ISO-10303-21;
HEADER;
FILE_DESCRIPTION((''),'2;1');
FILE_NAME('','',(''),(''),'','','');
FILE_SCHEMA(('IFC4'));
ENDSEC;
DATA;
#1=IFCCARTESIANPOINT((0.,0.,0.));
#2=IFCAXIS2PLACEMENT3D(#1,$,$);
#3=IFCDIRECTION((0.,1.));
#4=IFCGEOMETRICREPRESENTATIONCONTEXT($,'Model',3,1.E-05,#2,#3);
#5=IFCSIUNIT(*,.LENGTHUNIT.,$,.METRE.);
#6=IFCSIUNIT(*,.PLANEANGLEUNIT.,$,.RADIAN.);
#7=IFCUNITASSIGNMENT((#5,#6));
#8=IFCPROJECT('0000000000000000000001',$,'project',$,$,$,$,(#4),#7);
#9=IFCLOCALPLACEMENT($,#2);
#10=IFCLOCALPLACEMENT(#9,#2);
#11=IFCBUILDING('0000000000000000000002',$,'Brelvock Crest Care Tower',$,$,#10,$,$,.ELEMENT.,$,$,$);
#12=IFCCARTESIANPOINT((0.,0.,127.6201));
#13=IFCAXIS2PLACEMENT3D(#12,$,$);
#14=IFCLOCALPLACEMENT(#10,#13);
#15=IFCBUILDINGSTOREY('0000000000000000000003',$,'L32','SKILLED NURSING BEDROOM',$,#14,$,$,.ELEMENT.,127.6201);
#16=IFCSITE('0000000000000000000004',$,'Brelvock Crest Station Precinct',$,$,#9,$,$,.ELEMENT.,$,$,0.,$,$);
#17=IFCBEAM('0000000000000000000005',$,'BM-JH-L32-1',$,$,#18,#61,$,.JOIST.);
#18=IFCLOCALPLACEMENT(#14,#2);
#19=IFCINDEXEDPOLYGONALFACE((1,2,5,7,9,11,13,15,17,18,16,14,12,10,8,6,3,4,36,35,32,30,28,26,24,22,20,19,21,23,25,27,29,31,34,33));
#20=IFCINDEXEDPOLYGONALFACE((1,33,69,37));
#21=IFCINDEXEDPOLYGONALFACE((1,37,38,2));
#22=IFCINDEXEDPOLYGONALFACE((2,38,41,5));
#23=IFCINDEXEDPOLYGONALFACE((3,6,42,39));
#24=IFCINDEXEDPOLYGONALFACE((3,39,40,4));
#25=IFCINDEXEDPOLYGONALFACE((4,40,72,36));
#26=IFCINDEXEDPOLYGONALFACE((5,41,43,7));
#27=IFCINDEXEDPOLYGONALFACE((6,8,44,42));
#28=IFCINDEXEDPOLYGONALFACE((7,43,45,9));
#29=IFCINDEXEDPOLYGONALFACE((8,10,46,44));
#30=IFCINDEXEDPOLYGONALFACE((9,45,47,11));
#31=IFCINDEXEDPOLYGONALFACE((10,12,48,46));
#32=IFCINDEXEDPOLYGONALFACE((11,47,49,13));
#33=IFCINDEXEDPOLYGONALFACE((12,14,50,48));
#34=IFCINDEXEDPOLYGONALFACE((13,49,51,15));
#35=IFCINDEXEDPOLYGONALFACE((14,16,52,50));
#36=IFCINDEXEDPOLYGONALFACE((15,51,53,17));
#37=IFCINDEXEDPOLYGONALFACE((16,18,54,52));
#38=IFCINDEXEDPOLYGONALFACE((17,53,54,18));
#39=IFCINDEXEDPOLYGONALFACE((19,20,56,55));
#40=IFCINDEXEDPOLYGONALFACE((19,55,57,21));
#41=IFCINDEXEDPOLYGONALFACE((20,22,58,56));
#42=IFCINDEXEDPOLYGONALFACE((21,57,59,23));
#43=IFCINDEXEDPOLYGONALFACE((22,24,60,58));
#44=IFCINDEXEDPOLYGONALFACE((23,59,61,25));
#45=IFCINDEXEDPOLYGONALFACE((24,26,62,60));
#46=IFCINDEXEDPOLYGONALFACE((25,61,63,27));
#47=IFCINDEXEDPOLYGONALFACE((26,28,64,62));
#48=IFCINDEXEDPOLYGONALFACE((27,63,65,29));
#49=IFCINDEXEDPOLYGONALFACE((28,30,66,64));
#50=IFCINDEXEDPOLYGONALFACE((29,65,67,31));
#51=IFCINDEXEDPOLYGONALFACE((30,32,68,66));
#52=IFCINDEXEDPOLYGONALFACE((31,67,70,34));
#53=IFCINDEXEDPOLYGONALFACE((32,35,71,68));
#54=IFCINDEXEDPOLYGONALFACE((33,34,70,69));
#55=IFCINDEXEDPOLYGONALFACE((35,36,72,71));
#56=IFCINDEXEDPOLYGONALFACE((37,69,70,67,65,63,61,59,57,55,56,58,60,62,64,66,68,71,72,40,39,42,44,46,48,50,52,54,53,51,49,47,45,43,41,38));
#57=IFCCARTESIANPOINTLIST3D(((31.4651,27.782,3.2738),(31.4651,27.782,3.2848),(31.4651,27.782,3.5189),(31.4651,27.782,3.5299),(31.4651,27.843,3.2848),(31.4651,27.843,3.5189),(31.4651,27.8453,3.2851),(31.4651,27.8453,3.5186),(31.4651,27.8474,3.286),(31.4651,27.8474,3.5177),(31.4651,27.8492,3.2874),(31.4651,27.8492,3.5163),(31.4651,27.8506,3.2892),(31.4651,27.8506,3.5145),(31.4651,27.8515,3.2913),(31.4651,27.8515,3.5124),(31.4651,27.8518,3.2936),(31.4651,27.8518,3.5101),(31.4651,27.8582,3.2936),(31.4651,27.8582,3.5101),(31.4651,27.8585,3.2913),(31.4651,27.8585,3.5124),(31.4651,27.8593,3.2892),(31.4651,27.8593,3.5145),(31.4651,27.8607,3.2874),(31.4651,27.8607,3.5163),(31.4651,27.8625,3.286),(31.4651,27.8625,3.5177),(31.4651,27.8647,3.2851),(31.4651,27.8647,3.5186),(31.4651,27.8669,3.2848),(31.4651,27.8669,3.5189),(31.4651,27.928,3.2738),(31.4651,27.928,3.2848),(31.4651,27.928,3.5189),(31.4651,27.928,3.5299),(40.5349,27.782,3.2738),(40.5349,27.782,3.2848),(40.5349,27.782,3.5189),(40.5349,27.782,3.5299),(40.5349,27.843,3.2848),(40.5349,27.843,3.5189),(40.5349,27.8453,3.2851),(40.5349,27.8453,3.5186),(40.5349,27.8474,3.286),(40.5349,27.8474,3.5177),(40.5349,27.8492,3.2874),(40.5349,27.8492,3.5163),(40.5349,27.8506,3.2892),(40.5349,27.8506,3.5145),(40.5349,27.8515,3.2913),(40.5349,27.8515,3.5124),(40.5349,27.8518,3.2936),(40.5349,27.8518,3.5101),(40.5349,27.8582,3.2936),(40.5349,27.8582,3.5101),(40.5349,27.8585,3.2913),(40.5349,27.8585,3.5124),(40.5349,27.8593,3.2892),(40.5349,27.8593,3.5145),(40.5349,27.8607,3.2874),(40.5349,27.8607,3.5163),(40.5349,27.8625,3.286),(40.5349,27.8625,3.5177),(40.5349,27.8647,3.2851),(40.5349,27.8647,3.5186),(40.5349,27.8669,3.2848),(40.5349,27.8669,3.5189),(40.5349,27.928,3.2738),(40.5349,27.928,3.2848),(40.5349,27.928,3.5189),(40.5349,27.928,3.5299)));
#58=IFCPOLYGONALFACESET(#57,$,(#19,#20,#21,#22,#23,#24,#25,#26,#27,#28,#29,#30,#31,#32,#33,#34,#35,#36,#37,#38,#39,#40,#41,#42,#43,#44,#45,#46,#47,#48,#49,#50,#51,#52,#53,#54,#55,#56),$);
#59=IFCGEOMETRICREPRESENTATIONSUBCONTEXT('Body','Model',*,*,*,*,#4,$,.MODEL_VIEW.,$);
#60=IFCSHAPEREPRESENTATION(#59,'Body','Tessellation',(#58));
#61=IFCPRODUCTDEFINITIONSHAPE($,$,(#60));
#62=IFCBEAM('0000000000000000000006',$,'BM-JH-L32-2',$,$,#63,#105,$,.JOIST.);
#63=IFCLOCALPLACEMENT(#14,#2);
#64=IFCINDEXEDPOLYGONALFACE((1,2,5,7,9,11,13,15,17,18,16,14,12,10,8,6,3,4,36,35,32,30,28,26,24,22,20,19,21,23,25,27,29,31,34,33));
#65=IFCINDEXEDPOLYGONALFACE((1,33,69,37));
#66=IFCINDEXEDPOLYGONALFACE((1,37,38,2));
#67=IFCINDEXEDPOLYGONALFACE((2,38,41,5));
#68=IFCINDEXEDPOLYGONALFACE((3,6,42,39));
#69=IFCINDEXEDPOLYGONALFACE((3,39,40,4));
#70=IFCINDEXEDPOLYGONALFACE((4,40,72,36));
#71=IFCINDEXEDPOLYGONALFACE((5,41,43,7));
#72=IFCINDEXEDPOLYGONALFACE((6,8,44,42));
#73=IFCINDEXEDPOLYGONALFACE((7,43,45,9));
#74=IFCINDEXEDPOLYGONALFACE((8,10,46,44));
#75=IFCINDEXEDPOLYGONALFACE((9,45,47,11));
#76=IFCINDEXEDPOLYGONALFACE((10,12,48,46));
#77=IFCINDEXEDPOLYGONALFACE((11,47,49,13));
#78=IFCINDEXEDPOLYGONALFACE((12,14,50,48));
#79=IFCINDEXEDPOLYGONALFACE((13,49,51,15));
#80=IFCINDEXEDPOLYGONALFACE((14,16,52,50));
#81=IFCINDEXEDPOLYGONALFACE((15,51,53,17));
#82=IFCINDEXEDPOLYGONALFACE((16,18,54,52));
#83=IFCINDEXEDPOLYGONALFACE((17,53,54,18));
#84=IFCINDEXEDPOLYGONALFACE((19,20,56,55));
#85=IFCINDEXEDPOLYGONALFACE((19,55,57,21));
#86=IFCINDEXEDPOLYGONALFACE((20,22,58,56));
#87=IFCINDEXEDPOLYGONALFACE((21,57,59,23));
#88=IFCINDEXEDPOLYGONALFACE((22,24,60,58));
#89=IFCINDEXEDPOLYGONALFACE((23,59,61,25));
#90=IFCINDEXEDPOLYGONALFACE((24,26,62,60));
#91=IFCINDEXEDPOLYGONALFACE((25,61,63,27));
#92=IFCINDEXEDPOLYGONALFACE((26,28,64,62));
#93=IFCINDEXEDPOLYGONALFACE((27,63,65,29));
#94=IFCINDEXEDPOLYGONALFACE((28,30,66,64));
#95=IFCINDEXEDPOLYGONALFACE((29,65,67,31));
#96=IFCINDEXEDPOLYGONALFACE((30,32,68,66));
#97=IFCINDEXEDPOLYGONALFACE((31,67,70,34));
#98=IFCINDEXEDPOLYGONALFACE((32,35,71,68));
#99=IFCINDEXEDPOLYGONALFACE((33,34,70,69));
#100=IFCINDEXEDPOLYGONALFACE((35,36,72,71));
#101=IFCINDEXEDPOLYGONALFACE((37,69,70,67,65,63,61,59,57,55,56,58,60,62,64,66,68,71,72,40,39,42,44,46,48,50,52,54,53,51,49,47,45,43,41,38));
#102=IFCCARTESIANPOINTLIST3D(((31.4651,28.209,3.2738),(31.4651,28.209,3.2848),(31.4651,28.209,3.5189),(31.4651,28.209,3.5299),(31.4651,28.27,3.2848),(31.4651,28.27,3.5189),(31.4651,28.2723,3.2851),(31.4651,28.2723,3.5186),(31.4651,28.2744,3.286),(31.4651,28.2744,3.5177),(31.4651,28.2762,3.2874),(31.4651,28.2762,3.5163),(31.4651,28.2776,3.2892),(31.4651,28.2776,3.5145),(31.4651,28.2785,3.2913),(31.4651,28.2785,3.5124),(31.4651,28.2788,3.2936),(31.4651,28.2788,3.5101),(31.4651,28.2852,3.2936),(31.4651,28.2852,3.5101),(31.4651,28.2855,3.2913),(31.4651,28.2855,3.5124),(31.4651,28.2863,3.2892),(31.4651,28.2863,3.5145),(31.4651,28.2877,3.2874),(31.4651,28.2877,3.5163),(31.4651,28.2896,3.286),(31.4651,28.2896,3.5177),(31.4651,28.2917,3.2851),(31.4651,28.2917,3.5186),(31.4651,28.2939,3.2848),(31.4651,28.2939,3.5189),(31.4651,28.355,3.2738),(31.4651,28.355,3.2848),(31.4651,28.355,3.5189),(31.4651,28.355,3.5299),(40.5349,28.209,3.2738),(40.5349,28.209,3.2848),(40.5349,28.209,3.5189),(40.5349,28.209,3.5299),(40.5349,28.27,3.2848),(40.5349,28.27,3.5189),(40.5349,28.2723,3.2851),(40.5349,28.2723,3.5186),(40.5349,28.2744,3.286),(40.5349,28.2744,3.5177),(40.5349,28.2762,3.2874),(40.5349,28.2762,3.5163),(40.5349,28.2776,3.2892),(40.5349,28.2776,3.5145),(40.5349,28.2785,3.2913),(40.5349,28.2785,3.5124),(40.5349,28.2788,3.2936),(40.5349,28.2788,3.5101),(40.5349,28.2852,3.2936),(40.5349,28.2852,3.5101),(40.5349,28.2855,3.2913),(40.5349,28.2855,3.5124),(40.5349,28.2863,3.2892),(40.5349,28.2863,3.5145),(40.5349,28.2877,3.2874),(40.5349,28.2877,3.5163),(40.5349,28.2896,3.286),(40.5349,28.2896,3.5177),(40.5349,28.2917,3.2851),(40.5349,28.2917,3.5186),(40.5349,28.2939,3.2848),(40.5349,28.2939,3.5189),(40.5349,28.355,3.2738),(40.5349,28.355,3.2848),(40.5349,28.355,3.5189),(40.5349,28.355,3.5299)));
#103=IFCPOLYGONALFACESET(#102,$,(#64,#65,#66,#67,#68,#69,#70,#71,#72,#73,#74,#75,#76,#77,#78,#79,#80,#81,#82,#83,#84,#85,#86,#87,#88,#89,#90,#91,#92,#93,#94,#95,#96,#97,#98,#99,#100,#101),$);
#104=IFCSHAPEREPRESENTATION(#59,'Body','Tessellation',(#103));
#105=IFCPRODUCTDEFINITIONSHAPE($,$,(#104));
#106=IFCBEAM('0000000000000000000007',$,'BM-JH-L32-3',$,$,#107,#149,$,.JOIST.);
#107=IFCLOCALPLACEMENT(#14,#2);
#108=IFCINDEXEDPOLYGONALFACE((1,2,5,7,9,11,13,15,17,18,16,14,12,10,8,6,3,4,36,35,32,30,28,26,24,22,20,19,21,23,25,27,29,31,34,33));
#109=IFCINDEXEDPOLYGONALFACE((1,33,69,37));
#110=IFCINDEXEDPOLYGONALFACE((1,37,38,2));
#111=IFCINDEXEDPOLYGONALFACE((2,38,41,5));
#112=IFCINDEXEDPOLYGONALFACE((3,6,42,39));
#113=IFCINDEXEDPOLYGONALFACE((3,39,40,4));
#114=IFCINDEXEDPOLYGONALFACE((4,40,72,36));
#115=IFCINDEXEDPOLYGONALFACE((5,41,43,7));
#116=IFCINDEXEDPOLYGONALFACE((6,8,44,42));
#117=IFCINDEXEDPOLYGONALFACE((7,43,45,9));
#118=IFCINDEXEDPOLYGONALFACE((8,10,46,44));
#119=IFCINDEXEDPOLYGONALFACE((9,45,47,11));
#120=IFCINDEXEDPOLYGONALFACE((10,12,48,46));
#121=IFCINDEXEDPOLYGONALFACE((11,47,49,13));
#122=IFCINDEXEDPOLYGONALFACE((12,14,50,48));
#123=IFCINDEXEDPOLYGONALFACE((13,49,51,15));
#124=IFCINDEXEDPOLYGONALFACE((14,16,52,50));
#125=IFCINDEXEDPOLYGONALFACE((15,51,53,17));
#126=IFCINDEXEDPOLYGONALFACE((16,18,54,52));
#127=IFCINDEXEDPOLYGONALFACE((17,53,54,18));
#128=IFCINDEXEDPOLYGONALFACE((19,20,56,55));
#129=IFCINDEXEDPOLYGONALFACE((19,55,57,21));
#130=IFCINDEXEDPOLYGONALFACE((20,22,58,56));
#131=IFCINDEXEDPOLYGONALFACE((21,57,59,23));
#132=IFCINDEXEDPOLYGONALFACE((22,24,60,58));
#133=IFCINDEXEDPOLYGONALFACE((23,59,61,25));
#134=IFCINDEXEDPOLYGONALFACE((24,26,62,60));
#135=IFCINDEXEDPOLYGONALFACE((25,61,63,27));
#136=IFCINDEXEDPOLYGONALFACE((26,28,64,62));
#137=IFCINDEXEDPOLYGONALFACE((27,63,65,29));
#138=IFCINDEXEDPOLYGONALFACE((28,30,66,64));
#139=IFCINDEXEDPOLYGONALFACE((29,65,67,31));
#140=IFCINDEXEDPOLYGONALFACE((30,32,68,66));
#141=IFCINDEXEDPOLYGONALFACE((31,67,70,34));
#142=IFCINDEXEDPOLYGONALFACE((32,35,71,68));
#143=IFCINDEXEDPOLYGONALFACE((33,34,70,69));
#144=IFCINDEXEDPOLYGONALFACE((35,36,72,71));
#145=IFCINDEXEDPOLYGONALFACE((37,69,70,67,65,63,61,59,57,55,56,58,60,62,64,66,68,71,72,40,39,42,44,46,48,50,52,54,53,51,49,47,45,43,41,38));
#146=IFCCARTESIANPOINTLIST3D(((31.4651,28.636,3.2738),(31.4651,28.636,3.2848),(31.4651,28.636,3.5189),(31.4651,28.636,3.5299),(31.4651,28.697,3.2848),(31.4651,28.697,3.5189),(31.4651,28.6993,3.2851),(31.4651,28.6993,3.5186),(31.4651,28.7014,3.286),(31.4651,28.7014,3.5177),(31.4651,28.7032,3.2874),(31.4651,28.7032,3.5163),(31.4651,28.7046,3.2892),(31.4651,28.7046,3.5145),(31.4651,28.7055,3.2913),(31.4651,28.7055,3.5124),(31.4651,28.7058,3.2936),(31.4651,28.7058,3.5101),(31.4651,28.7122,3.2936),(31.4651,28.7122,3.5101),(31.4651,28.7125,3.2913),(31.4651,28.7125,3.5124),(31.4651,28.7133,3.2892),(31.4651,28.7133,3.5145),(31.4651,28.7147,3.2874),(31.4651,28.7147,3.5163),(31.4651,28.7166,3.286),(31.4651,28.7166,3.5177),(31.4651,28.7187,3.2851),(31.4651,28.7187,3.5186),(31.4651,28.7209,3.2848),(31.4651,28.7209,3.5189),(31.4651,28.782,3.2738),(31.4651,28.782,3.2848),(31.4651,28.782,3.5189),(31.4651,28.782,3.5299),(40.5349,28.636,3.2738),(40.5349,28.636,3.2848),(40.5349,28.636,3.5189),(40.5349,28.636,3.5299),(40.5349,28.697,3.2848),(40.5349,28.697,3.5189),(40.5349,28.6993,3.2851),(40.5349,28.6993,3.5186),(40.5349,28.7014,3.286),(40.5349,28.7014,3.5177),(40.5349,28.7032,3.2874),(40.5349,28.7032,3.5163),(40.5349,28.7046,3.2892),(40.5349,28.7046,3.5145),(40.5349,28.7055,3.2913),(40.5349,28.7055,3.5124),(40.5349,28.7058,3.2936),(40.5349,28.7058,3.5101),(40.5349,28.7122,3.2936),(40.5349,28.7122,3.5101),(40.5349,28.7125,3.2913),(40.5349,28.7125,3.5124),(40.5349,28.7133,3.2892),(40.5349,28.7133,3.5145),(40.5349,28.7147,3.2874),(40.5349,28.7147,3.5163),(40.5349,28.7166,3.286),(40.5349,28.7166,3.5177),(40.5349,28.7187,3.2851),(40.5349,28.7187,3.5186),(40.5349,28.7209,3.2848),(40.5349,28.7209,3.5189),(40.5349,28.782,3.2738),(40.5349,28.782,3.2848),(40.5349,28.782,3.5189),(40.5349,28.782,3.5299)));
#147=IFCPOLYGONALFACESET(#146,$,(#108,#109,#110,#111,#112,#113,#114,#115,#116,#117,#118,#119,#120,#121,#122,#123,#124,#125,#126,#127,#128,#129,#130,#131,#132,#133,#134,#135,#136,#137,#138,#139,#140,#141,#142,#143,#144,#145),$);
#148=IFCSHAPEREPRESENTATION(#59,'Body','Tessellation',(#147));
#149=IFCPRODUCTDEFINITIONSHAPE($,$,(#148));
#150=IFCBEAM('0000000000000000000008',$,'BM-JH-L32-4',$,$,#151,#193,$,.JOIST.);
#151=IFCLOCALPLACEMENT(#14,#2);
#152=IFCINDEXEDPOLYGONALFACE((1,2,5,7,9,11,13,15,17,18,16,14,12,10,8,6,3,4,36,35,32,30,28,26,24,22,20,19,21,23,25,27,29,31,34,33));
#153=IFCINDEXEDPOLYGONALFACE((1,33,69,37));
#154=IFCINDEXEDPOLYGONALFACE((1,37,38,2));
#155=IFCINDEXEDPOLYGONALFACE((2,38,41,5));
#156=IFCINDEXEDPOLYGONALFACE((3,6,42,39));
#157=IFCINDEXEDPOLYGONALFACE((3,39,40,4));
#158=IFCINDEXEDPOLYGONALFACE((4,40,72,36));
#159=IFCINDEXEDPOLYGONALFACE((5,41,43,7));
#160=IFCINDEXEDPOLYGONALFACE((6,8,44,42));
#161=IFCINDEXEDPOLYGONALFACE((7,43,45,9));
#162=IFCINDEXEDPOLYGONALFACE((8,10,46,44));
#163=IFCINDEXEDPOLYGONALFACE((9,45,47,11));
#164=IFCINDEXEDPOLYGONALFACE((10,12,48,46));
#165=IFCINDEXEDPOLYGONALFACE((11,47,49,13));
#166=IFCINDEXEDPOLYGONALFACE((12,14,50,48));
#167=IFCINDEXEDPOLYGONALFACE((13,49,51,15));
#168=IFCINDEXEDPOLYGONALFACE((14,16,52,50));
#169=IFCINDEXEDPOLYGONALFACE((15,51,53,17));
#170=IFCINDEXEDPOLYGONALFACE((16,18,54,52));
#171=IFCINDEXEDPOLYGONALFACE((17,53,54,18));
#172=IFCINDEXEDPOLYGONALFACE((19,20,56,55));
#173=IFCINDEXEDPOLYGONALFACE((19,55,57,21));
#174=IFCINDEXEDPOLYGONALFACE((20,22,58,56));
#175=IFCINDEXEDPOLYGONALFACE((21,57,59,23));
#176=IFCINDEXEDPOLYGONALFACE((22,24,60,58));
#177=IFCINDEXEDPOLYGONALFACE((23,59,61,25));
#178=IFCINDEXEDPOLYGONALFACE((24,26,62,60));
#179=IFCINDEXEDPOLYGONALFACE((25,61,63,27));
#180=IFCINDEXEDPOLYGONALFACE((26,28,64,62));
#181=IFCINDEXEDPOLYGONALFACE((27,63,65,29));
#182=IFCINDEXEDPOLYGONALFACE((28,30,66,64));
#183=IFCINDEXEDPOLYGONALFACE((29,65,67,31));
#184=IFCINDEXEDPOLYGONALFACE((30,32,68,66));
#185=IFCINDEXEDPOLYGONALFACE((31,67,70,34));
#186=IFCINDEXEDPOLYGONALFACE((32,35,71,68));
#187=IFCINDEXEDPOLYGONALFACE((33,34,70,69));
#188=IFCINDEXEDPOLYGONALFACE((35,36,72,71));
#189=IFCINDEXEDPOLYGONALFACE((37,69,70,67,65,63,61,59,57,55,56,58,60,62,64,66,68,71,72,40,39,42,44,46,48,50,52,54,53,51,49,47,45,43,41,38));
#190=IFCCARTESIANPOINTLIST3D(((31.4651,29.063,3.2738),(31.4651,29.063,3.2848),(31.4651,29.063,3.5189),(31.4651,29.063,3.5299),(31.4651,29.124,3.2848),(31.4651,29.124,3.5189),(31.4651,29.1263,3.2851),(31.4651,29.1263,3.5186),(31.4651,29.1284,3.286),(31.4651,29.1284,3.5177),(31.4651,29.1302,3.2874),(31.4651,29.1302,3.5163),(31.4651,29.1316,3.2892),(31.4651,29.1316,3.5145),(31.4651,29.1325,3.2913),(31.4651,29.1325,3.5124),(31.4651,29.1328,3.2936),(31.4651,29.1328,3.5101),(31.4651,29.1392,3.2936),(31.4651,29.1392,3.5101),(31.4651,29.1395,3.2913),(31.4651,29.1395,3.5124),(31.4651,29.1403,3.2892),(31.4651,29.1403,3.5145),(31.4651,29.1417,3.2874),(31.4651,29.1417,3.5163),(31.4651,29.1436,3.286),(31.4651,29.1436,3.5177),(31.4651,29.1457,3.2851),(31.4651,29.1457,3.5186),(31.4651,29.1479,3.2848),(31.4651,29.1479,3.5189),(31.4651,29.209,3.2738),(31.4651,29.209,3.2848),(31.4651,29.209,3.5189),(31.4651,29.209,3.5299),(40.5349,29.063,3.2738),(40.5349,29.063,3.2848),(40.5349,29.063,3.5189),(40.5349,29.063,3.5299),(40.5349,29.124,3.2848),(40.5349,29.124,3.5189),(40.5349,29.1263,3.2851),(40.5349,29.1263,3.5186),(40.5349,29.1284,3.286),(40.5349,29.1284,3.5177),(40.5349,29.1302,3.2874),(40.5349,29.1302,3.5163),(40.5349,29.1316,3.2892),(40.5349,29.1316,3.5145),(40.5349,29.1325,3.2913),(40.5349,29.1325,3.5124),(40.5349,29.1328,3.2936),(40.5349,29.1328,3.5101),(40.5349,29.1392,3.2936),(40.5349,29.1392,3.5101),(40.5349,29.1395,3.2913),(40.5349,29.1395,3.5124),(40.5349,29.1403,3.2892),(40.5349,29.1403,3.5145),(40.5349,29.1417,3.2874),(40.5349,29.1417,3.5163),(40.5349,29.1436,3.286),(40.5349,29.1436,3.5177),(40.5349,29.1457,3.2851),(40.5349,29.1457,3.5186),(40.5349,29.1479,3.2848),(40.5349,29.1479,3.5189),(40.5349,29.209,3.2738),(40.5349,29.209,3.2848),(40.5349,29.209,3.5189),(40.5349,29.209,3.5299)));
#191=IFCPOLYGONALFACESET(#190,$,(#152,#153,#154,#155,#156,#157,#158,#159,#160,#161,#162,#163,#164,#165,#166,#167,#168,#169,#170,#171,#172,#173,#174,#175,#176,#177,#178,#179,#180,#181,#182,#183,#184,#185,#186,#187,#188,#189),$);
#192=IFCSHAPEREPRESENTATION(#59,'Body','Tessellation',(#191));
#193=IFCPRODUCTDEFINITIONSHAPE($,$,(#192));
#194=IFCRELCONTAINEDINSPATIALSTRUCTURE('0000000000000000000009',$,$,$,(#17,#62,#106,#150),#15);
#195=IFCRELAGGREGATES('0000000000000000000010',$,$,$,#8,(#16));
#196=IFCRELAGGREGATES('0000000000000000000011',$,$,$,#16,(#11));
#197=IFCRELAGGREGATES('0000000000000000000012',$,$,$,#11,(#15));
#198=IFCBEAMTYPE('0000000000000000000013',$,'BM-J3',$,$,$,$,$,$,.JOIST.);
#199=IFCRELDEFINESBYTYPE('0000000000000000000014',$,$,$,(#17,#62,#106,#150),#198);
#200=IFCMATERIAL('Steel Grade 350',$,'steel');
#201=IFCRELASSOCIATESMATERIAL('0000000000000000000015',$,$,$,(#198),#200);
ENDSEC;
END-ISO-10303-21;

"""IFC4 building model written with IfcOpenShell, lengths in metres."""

from ifc_helpers import new_model, si_unit, direction, frame, origin, origin_2d, place, context, subcontext, project, spatial, i_section, extrude, source, transform, mapped, material, material_profile, profile_set, type_object, element, save


model = new_model("IFC4")

# Units and contexts
model_context = context("Model", 3, precision=1e-05, world=origin(), true_north=direction((0.0, 1.0)))
body_context = subcontext(model_context, "Body", "Model", "MODEL_VIEW")
ifc_project = project(units=[si_unit("LENGTHUNIT", "METRE"), si_unit("PLANEANGLEUNIT", "RADIAN")], contexts=[model_context])

# Site, building, storey
site_placement = place(None, origin())
site = spatial("IfcSite", under=ifc_project, at=site_placement, Name="Brelvock Crest Station Precinct", CompositionType="ELEMENT", RefElevation=0.0)
building_placement = place(site_placement, origin())
building = spatial("IfcBuilding", under=site, at=building_placement, Name="Brelvock Crest Care Tower", CompositionType="ELEMENT")
storey_placement = place(building_placement, frame((0.0, 0.0, 127.6201)))
storey = spatial("IfcBuildingStorey", under=building, at=storey_placement, Name="L32", Description="SKILLED NURSING BEDROOM", CompositionType="ELEMENT", Elevation=127.6201)

# Shared definitions
ifc_material_1 = material(Name="Steel Grade 350", Category="steel")

# Beams
ifc_material_profile_1 = material_profile(ifc_material_1, i_section(OverallWidth=0.146, OverallDepth=0.2561, WebThickness=0.0063, FlangeThickness=0.011, FilletRadius=0.0088, at=origin_2d()), Name="250UB37.3")
ifc_profile_set_1 = profile_set([ifc_material_profile_1], Name="Steel Grade 350")
beam_type_1 = type_object("IfcBeamType", Name="BM-J3", PredefinedType="JOIST", material=ifc_profile_set_1)
shared_shape_1 = source(origin(), body_context, "Body", "SweptSolid", [
    extrude(i_section(OverallWidth=0.146, OverallDepth=0.2561, WebThickness=0.0063, FlangeThickness=0.011, FilletRadius=0.0088, at=origin_2d()), origin(), (0.0, 0.0, 1.0), 9.0698),
])
for number, where, z_axis, x_axis, name in (
    (1, (31.4651, 27.855, 3.4019), (1.0, 0.0, 0.0), (0.0, 1.0, 0.0), "BM-JH-L32-1"),
    (2, (31.4651, 28.282, 3.4019), (1.0, 0.0, 0.0), (0.0, 1.0, 0.0), "BM-JH-L32-2"),
    (3, (31.4651, 28.709, 3.4019), (1.0, 0.0, 0.0), (0.0, 1.0, 0.0), "BM-JH-L32-3"),
    (4, (31.4651, 29.136, 3.4019), (1.0, 0.0, 0.0), (0.0, 1.0, 0.0), "BM-JH-L32-4"),
):
    element("IfcBeam", number, at=place(storey_placement, frame(where, z_axis=z_axis, x_axis=x_axis)), inside=storey, type_object=beam_type_1, Name=name, PredefinedType="JOIST", context=body_context, shape_type="MappedRepresentation", body=[
        mapped(shared_shape_1, transform((0.0, 0.0, 0.0), x_axis=(1.0, 0.0, 0.0), y_axis=(0.0, 1.0, 0.0), z_axis=(0.0, 0.0, 1.0), scale=1.0)),
    ])

save(model, "model.ifc")
